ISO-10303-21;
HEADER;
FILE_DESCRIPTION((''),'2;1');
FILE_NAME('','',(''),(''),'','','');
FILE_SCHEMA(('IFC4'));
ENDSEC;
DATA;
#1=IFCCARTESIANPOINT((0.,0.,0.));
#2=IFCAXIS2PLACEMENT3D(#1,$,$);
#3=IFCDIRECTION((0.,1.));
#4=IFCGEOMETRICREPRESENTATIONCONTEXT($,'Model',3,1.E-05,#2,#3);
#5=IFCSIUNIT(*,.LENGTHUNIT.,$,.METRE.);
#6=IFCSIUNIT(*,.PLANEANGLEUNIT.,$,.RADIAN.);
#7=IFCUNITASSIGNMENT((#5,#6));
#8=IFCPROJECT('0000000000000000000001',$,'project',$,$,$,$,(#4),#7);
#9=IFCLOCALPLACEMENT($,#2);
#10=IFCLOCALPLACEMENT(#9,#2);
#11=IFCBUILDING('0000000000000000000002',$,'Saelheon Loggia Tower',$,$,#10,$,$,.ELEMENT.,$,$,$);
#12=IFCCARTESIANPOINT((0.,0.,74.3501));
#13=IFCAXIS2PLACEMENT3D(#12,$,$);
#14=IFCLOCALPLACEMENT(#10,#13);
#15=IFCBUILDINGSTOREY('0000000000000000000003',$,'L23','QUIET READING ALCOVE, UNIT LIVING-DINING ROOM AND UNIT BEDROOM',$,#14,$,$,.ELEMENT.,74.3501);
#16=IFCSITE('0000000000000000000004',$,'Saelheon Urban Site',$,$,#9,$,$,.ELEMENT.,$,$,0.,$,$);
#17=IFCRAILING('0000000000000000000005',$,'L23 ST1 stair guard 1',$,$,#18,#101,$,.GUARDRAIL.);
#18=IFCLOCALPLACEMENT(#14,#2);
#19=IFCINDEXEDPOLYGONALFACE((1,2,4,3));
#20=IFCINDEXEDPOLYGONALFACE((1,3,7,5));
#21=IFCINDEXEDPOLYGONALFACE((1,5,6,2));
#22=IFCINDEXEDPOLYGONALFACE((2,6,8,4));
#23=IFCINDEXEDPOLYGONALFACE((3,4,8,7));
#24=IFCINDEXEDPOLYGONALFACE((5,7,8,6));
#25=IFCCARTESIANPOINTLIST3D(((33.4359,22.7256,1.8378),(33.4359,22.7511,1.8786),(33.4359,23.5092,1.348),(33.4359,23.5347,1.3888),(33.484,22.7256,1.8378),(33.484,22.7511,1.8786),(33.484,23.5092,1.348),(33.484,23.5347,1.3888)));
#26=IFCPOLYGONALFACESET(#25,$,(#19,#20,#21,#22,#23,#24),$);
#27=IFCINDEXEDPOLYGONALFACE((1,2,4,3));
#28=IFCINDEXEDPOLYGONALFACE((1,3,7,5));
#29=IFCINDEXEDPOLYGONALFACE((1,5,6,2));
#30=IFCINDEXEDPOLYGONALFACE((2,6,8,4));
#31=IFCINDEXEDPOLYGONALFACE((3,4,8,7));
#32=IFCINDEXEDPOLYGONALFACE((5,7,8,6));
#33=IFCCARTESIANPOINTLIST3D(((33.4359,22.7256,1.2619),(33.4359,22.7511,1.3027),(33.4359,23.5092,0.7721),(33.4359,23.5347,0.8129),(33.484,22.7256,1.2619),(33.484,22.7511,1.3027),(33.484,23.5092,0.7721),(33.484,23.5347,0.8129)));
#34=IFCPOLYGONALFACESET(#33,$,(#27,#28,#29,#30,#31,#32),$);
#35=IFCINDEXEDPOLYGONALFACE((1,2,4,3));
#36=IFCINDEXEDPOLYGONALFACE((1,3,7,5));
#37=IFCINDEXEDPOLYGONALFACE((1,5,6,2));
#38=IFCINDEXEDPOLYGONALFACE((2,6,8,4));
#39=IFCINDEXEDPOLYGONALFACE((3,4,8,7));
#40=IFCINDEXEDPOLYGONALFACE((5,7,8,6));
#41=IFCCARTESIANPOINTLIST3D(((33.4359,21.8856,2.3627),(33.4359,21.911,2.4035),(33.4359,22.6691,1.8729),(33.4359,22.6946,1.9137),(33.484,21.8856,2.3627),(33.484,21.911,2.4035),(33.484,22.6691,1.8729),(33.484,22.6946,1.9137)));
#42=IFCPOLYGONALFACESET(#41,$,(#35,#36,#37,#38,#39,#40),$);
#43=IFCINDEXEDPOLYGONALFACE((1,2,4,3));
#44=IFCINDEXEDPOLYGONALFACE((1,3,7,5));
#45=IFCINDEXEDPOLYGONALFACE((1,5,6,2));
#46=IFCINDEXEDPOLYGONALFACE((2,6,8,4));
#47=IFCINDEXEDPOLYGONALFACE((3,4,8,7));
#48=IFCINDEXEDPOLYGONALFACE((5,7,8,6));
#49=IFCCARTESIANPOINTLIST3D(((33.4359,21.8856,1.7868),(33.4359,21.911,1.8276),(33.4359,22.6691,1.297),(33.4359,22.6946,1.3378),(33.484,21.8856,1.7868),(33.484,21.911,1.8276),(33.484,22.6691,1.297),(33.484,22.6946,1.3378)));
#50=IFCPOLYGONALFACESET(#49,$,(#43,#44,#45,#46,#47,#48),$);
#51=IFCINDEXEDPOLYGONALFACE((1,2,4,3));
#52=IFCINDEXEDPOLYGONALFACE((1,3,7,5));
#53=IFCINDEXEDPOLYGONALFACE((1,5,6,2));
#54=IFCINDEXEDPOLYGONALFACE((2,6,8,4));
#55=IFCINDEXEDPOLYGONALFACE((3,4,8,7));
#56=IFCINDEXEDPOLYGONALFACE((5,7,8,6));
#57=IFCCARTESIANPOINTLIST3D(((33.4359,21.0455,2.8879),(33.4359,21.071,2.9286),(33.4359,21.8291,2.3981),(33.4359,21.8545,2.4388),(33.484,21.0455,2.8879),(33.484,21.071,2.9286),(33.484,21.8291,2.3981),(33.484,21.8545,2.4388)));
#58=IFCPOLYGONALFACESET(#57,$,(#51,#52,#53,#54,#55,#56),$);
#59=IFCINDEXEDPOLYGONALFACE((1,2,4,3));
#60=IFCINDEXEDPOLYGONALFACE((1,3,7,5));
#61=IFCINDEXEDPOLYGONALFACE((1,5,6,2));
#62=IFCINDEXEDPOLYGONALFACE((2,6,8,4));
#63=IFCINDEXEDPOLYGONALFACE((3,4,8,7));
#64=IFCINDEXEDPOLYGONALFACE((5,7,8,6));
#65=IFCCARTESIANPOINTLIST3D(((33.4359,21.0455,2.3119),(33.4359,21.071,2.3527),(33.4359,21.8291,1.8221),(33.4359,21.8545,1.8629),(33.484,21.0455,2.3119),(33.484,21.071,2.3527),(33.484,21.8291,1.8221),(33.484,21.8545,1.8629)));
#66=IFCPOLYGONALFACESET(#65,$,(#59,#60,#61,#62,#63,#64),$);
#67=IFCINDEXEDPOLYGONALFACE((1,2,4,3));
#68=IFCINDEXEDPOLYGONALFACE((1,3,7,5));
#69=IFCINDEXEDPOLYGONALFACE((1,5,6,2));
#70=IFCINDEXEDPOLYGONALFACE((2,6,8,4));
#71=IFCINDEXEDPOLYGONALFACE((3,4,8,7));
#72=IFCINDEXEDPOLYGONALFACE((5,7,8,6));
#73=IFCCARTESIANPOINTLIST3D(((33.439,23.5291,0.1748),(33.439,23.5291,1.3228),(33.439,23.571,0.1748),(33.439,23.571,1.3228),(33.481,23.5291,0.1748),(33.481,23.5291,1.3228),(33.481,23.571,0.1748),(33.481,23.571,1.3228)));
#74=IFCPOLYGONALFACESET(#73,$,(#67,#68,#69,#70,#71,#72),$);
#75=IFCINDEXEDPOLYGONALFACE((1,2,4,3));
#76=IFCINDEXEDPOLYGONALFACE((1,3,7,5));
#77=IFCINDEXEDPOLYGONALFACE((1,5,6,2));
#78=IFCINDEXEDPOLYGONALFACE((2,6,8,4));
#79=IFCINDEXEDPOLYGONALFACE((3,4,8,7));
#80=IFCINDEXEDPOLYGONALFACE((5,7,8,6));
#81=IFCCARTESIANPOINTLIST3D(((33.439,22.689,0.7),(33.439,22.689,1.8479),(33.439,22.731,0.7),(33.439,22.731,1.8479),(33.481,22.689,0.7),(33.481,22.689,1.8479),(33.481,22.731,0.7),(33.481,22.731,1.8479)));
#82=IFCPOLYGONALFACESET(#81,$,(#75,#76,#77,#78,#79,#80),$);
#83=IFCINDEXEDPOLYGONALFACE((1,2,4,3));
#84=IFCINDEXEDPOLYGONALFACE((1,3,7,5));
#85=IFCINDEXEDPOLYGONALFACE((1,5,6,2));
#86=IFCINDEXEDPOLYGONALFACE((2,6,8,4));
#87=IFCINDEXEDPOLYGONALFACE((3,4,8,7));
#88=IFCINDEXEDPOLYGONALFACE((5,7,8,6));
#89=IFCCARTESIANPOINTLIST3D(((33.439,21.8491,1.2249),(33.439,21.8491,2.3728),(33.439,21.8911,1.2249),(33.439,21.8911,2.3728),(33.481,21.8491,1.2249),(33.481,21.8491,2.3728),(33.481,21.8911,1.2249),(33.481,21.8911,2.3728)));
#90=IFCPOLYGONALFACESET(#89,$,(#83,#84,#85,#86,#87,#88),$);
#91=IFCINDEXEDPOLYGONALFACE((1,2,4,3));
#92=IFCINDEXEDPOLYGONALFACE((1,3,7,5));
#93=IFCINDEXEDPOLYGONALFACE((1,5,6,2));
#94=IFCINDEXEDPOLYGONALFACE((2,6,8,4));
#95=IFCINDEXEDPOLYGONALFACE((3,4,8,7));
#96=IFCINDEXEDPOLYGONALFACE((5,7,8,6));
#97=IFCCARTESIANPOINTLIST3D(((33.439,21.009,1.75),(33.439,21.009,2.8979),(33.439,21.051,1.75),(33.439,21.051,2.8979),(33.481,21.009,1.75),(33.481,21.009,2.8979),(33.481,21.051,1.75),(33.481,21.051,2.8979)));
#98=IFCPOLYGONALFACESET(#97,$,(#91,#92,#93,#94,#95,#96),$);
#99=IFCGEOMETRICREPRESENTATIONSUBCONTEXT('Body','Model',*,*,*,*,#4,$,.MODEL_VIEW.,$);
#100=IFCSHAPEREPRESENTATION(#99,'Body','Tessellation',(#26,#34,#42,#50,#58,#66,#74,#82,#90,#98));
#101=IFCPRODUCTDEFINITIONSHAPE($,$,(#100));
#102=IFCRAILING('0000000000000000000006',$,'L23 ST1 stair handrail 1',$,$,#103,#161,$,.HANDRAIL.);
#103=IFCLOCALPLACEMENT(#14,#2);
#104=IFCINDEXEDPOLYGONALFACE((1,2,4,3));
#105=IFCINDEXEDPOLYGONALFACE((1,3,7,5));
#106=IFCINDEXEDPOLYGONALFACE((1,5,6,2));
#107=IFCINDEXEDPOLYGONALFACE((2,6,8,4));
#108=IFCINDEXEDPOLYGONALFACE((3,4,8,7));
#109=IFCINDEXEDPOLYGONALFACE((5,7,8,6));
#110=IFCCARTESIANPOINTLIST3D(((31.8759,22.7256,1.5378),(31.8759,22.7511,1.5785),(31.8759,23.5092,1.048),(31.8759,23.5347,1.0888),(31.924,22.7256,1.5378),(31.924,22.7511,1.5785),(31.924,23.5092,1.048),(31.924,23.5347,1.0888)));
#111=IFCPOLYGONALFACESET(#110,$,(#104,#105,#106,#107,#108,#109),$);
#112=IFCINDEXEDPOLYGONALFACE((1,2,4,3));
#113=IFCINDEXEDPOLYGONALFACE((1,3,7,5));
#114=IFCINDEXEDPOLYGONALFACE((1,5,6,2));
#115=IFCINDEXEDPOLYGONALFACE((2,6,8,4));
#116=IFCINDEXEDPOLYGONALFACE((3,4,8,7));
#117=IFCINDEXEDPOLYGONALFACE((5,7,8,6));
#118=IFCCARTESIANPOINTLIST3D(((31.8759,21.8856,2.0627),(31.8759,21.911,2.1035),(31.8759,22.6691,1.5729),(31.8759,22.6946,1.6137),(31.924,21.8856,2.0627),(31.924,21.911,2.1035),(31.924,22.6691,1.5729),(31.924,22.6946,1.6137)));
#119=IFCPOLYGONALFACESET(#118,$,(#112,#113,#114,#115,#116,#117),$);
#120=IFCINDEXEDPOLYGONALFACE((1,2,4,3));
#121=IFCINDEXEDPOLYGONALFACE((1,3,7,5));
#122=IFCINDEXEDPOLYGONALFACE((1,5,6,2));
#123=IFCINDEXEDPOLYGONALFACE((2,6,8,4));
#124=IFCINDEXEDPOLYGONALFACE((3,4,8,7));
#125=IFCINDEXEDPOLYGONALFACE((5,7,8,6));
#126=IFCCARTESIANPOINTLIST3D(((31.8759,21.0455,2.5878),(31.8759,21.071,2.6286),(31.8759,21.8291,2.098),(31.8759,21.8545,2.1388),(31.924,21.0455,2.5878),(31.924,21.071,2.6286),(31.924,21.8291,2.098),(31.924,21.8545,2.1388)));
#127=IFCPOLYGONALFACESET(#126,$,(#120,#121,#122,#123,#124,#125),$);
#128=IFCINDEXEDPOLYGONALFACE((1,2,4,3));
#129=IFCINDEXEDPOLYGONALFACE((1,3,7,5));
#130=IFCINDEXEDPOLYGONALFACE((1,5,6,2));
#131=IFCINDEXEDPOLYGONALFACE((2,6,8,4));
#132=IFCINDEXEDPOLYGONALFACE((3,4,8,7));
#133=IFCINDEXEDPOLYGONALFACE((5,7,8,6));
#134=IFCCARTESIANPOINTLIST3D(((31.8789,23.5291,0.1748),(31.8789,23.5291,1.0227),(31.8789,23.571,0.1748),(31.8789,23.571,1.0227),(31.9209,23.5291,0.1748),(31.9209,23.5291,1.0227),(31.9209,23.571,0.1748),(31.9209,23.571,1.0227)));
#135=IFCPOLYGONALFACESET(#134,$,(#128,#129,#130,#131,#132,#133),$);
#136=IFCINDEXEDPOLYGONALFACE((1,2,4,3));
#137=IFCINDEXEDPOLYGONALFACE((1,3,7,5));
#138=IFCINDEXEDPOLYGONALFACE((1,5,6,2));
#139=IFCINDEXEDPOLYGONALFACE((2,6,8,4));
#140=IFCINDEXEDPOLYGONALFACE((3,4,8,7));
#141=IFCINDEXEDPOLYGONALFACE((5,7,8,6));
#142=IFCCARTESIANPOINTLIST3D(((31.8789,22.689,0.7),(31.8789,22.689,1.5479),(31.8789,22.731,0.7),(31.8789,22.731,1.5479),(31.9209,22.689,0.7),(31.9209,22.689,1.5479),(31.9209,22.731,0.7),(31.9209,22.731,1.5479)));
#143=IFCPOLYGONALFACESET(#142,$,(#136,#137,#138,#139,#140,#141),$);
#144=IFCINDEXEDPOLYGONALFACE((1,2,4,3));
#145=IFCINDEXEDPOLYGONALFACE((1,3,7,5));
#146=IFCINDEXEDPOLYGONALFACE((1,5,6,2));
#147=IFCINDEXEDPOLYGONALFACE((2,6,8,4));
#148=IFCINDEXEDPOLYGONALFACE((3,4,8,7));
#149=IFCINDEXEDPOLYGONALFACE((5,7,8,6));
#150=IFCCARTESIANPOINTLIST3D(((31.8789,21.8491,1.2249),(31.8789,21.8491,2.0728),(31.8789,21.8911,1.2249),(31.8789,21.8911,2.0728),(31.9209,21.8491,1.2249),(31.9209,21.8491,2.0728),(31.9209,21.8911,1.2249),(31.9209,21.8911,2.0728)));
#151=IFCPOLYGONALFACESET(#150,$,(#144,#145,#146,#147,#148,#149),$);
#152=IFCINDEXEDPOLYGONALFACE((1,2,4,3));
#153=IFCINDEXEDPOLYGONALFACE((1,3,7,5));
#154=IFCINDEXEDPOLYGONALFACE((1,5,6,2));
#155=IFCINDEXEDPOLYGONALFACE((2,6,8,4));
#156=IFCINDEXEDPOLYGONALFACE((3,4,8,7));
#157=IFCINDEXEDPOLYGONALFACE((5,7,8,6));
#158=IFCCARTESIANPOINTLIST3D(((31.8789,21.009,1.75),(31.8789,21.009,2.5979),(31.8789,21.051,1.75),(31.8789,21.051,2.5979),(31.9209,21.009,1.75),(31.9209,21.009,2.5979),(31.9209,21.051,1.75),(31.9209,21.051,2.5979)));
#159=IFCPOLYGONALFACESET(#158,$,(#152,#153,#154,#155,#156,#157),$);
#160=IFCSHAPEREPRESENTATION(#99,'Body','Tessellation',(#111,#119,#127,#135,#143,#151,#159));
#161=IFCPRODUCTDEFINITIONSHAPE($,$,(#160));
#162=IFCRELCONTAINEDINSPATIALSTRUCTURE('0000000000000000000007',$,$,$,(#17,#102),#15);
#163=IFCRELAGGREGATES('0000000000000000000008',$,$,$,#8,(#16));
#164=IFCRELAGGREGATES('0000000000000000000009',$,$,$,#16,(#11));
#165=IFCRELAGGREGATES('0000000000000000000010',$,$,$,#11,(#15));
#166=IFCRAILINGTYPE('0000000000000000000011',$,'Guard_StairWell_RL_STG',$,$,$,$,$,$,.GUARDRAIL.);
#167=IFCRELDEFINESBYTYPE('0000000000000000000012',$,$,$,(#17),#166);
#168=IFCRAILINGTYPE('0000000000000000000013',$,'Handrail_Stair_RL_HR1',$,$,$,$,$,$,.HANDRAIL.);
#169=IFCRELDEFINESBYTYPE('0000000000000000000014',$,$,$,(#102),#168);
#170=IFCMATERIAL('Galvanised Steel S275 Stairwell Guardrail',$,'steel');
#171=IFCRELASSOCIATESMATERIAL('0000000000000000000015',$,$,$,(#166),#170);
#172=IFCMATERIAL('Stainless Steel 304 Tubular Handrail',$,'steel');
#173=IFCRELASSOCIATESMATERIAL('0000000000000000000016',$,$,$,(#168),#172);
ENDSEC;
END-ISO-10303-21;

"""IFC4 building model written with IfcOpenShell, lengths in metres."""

from ifc_helpers import new_model, si_unit, direction, frame, origin, origin_2d, place, context, subcontext, project, spatial, rectangle, extrude, material, type_object, element, save


model = new_model("IFC4")

# Units and contexts
model_context = context("Model", 3, precision=1e-05, world=origin(), true_north=direction((0.0, 1.0)))
body_context = subcontext(model_context, "Body", "Model", "MODEL_VIEW")
ifc_project = project(units=[si_unit("LENGTHUNIT", "METRE"), si_unit("PLANEANGLEUNIT", "RADIAN")], contexts=[model_context])

# Site, building, storey
site_placement = place(None, origin())
site = spatial("IfcSite", under=ifc_project, at=site_placement, Name="Saelheon Urban Site", CompositionType="ELEMENT", RefElevation=0.0)
building_placement = place(site_placement, origin())
building = spatial("IfcBuilding", under=site, at=building_placement, Name="Saelheon Loggia Tower", CompositionType="ELEMENT")
storey_placement = place(building_placement, frame((0.0, 0.0, 74.3501)))
storey = spatial("IfcBuildingStorey", under=building, at=storey_placement, Name="L23", Description="QUIET READING ALCOVE, UNIT LIVING-DINING ROOM AND UNIT BEDROOM", CompositionType="ELEMENT", Elevation=74.3501)

# Railings
ifc_material_1 = material(Name="Galvanised Steel S275 Stairwell Guardrail", Category="steel")
railing_type_1 = type_object("IfcRailingType", Name="Guard_StairWell_RL_STG", PredefinedType="GUARDRAIL", material=ifc_material_1)
railing_1_placement = place(storey_placement, frame((33.46, 23.55, 0.1748)))
element("IfcRailing", 1, at=railing_1_placement, inside=storey, type_object=railing_type_1, Name="L23 ST1 stair guard 1", PredefinedType="GUARDRAIL", context=body_context, shape_type="SweptSolid", body=[
    extrude(rectangle(XDim=0.0481, YDim=0.0481, at=origin_2d()), frame((0.0, -0.0281, 1.1936), z_axis=(0.0, -0.847971, 0.530043), x_axis=(1.0, 0.0, 0.0)), (0.0, 0.0, 1.0), 0.9241),
    extrude(rectangle(XDim=0.0481, YDim=0.0481, at=origin_2d()), frame((0.0, -0.0281, 0.6177), z_axis=(0.0, -0.847971, 0.530043), x_axis=(1.0, 0.0, 0.0)), (0.0, 0.0, 1.0), 0.9241),
    extrude(rectangle(XDim=0.0481, YDim=0.0481, at=origin_2d()), frame((0.0, -0.8682, 1.7185), z_axis=(0.0, -0.847971, 0.530043), x_axis=(1.0, 0.0, 0.0)), (0.0, 0.0, 1.0), 0.9241),
    extrude(rectangle(XDim=0.0481, YDim=0.0481, at=origin_2d()), frame((0.0, -0.8682, 1.1426), z_axis=(0.0, -0.847971, 0.530043), x_axis=(1.0, 0.0, 0.0)), (0.0, 0.0, 1.0), 0.9241),
    extrude(rectangle(XDim=0.0481, YDim=0.0481, at=origin_2d()), frame((0.0, -1.7083, 2.2437), z_axis=(0.0, -0.847971, 0.530043), x_axis=(1.0, 0.0, 0.0)), (0.0, 0.0, 1.0), 0.9241),
    extrude(rectangle(XDim=0.0481, YDim=0.0481, at=origin_2d()), frame((0.0, -1.7083, 1.6677), z_axis=(0.0, -0.847971, 0.530043), x_axis=(1.0, 0.0, 0.0)), (0.0, 0.0, 1.0), 0.9241),
    extrude(rectangle(XDim=0.042, YDim=0.042, at=origin_2d()), origin(), (0.0, 0.0, 1.0), 1.1479),
    extrude(rectangle(XDim=0.042, YDim=0.042, at=origin_2d()), frame((0.0, -0.8401, 0.5251)), (0.0, 0.0, 1.0), 1.1479),
    extrude(rectangle(XDim=0.042, YDim=0.042, at=origin_2d()), frame((0.0, -1.6799, 1.05)), (0.0, 0.0, 1.0), 1.1479),
    extrude(rectangle(XDim=0.042, YDim=0.042, at=origin_2d()), frame((0.0, -2.52, 1.5752)), (0.0, 0.0, 1.0), 1.1479),
])
ifc_material_2 = material(Name="Stainless Steel 304 Tubular Handrail", Category="steel")
railing_type_2 = type_object("IfcRailingType", Name="Handrail_Stair_RL_HR1", PredefinedType="HANDRAIL", material=ifc_material_2)
railing_2_placement = place(storey_placement, frame((31.8999, 23.55, 0.1748)))
element("IfcRailing", 2, at=railing_2_placement, inside=storey, type_object=railing_type_2, Name="L23 ST1 stair handrail 1", PredefinedType="HANDRAIL", context=body_context, shape_type="SweptSolid", body=[
    extrude(rectangle(XDim=0.0481, YDim=0.0481, at=origin_2d()), frame((0.0, -0.0281, 0.8936), z_axis=(0.0, -0.847971, 0.530043), x_axis=(1.0, 0.0, 0.0)), (0.0, 0.0, 1.0), 0.9241),
    extrude(rectangle(XDim=0.0481, YDim=0.0481, at=origin_2d()), frame((0.0, -0.8682, 1.4185), z_axis=(0.0, -0.847971, 0.530043), x_axis=(1.0, 0.0, 0.0)), (0.0, 0.0, 1.0), 0.9241),
    extrude(rectangle(XDim=0.0481, YDim=0.0481, at=origin_2d()), frame((0.0, -1.7083, 1.9436), z_axis=(0.0, -0.847971, 0.530043), x_axis=(1.0, 0.0, 0.0)), (0.0, 0.0, 1.0), 0.9241),
    extrude(rectangle(XDim=0.042, YDim=0.042, at=origin_2d()), origin(), (0.0, 0.0, 1.0), 0.8479),
    extrude(rectangle(XDim=0.042, YDim=0.042, at=origin_2d()), frame((0.0, -0.8401, 0.5251)), (0.0, 0.0, 1.0), 0.8479),
    extrude(rectangle(XDim=0.042, YDim=0.042, at=origin_2d()), frame((0.0, -1.6799, 1.05)), (0.0, 0.0, 1.0), 0.8479),
    extrude(rectangle(XDim=0.042, YDim=0.042, at=origin_2d()), frame((0.0, -2.52, 1.5752)), (0.0, 0.0, 1.0), 0.8479),
])

save(model, "model.ifc")
